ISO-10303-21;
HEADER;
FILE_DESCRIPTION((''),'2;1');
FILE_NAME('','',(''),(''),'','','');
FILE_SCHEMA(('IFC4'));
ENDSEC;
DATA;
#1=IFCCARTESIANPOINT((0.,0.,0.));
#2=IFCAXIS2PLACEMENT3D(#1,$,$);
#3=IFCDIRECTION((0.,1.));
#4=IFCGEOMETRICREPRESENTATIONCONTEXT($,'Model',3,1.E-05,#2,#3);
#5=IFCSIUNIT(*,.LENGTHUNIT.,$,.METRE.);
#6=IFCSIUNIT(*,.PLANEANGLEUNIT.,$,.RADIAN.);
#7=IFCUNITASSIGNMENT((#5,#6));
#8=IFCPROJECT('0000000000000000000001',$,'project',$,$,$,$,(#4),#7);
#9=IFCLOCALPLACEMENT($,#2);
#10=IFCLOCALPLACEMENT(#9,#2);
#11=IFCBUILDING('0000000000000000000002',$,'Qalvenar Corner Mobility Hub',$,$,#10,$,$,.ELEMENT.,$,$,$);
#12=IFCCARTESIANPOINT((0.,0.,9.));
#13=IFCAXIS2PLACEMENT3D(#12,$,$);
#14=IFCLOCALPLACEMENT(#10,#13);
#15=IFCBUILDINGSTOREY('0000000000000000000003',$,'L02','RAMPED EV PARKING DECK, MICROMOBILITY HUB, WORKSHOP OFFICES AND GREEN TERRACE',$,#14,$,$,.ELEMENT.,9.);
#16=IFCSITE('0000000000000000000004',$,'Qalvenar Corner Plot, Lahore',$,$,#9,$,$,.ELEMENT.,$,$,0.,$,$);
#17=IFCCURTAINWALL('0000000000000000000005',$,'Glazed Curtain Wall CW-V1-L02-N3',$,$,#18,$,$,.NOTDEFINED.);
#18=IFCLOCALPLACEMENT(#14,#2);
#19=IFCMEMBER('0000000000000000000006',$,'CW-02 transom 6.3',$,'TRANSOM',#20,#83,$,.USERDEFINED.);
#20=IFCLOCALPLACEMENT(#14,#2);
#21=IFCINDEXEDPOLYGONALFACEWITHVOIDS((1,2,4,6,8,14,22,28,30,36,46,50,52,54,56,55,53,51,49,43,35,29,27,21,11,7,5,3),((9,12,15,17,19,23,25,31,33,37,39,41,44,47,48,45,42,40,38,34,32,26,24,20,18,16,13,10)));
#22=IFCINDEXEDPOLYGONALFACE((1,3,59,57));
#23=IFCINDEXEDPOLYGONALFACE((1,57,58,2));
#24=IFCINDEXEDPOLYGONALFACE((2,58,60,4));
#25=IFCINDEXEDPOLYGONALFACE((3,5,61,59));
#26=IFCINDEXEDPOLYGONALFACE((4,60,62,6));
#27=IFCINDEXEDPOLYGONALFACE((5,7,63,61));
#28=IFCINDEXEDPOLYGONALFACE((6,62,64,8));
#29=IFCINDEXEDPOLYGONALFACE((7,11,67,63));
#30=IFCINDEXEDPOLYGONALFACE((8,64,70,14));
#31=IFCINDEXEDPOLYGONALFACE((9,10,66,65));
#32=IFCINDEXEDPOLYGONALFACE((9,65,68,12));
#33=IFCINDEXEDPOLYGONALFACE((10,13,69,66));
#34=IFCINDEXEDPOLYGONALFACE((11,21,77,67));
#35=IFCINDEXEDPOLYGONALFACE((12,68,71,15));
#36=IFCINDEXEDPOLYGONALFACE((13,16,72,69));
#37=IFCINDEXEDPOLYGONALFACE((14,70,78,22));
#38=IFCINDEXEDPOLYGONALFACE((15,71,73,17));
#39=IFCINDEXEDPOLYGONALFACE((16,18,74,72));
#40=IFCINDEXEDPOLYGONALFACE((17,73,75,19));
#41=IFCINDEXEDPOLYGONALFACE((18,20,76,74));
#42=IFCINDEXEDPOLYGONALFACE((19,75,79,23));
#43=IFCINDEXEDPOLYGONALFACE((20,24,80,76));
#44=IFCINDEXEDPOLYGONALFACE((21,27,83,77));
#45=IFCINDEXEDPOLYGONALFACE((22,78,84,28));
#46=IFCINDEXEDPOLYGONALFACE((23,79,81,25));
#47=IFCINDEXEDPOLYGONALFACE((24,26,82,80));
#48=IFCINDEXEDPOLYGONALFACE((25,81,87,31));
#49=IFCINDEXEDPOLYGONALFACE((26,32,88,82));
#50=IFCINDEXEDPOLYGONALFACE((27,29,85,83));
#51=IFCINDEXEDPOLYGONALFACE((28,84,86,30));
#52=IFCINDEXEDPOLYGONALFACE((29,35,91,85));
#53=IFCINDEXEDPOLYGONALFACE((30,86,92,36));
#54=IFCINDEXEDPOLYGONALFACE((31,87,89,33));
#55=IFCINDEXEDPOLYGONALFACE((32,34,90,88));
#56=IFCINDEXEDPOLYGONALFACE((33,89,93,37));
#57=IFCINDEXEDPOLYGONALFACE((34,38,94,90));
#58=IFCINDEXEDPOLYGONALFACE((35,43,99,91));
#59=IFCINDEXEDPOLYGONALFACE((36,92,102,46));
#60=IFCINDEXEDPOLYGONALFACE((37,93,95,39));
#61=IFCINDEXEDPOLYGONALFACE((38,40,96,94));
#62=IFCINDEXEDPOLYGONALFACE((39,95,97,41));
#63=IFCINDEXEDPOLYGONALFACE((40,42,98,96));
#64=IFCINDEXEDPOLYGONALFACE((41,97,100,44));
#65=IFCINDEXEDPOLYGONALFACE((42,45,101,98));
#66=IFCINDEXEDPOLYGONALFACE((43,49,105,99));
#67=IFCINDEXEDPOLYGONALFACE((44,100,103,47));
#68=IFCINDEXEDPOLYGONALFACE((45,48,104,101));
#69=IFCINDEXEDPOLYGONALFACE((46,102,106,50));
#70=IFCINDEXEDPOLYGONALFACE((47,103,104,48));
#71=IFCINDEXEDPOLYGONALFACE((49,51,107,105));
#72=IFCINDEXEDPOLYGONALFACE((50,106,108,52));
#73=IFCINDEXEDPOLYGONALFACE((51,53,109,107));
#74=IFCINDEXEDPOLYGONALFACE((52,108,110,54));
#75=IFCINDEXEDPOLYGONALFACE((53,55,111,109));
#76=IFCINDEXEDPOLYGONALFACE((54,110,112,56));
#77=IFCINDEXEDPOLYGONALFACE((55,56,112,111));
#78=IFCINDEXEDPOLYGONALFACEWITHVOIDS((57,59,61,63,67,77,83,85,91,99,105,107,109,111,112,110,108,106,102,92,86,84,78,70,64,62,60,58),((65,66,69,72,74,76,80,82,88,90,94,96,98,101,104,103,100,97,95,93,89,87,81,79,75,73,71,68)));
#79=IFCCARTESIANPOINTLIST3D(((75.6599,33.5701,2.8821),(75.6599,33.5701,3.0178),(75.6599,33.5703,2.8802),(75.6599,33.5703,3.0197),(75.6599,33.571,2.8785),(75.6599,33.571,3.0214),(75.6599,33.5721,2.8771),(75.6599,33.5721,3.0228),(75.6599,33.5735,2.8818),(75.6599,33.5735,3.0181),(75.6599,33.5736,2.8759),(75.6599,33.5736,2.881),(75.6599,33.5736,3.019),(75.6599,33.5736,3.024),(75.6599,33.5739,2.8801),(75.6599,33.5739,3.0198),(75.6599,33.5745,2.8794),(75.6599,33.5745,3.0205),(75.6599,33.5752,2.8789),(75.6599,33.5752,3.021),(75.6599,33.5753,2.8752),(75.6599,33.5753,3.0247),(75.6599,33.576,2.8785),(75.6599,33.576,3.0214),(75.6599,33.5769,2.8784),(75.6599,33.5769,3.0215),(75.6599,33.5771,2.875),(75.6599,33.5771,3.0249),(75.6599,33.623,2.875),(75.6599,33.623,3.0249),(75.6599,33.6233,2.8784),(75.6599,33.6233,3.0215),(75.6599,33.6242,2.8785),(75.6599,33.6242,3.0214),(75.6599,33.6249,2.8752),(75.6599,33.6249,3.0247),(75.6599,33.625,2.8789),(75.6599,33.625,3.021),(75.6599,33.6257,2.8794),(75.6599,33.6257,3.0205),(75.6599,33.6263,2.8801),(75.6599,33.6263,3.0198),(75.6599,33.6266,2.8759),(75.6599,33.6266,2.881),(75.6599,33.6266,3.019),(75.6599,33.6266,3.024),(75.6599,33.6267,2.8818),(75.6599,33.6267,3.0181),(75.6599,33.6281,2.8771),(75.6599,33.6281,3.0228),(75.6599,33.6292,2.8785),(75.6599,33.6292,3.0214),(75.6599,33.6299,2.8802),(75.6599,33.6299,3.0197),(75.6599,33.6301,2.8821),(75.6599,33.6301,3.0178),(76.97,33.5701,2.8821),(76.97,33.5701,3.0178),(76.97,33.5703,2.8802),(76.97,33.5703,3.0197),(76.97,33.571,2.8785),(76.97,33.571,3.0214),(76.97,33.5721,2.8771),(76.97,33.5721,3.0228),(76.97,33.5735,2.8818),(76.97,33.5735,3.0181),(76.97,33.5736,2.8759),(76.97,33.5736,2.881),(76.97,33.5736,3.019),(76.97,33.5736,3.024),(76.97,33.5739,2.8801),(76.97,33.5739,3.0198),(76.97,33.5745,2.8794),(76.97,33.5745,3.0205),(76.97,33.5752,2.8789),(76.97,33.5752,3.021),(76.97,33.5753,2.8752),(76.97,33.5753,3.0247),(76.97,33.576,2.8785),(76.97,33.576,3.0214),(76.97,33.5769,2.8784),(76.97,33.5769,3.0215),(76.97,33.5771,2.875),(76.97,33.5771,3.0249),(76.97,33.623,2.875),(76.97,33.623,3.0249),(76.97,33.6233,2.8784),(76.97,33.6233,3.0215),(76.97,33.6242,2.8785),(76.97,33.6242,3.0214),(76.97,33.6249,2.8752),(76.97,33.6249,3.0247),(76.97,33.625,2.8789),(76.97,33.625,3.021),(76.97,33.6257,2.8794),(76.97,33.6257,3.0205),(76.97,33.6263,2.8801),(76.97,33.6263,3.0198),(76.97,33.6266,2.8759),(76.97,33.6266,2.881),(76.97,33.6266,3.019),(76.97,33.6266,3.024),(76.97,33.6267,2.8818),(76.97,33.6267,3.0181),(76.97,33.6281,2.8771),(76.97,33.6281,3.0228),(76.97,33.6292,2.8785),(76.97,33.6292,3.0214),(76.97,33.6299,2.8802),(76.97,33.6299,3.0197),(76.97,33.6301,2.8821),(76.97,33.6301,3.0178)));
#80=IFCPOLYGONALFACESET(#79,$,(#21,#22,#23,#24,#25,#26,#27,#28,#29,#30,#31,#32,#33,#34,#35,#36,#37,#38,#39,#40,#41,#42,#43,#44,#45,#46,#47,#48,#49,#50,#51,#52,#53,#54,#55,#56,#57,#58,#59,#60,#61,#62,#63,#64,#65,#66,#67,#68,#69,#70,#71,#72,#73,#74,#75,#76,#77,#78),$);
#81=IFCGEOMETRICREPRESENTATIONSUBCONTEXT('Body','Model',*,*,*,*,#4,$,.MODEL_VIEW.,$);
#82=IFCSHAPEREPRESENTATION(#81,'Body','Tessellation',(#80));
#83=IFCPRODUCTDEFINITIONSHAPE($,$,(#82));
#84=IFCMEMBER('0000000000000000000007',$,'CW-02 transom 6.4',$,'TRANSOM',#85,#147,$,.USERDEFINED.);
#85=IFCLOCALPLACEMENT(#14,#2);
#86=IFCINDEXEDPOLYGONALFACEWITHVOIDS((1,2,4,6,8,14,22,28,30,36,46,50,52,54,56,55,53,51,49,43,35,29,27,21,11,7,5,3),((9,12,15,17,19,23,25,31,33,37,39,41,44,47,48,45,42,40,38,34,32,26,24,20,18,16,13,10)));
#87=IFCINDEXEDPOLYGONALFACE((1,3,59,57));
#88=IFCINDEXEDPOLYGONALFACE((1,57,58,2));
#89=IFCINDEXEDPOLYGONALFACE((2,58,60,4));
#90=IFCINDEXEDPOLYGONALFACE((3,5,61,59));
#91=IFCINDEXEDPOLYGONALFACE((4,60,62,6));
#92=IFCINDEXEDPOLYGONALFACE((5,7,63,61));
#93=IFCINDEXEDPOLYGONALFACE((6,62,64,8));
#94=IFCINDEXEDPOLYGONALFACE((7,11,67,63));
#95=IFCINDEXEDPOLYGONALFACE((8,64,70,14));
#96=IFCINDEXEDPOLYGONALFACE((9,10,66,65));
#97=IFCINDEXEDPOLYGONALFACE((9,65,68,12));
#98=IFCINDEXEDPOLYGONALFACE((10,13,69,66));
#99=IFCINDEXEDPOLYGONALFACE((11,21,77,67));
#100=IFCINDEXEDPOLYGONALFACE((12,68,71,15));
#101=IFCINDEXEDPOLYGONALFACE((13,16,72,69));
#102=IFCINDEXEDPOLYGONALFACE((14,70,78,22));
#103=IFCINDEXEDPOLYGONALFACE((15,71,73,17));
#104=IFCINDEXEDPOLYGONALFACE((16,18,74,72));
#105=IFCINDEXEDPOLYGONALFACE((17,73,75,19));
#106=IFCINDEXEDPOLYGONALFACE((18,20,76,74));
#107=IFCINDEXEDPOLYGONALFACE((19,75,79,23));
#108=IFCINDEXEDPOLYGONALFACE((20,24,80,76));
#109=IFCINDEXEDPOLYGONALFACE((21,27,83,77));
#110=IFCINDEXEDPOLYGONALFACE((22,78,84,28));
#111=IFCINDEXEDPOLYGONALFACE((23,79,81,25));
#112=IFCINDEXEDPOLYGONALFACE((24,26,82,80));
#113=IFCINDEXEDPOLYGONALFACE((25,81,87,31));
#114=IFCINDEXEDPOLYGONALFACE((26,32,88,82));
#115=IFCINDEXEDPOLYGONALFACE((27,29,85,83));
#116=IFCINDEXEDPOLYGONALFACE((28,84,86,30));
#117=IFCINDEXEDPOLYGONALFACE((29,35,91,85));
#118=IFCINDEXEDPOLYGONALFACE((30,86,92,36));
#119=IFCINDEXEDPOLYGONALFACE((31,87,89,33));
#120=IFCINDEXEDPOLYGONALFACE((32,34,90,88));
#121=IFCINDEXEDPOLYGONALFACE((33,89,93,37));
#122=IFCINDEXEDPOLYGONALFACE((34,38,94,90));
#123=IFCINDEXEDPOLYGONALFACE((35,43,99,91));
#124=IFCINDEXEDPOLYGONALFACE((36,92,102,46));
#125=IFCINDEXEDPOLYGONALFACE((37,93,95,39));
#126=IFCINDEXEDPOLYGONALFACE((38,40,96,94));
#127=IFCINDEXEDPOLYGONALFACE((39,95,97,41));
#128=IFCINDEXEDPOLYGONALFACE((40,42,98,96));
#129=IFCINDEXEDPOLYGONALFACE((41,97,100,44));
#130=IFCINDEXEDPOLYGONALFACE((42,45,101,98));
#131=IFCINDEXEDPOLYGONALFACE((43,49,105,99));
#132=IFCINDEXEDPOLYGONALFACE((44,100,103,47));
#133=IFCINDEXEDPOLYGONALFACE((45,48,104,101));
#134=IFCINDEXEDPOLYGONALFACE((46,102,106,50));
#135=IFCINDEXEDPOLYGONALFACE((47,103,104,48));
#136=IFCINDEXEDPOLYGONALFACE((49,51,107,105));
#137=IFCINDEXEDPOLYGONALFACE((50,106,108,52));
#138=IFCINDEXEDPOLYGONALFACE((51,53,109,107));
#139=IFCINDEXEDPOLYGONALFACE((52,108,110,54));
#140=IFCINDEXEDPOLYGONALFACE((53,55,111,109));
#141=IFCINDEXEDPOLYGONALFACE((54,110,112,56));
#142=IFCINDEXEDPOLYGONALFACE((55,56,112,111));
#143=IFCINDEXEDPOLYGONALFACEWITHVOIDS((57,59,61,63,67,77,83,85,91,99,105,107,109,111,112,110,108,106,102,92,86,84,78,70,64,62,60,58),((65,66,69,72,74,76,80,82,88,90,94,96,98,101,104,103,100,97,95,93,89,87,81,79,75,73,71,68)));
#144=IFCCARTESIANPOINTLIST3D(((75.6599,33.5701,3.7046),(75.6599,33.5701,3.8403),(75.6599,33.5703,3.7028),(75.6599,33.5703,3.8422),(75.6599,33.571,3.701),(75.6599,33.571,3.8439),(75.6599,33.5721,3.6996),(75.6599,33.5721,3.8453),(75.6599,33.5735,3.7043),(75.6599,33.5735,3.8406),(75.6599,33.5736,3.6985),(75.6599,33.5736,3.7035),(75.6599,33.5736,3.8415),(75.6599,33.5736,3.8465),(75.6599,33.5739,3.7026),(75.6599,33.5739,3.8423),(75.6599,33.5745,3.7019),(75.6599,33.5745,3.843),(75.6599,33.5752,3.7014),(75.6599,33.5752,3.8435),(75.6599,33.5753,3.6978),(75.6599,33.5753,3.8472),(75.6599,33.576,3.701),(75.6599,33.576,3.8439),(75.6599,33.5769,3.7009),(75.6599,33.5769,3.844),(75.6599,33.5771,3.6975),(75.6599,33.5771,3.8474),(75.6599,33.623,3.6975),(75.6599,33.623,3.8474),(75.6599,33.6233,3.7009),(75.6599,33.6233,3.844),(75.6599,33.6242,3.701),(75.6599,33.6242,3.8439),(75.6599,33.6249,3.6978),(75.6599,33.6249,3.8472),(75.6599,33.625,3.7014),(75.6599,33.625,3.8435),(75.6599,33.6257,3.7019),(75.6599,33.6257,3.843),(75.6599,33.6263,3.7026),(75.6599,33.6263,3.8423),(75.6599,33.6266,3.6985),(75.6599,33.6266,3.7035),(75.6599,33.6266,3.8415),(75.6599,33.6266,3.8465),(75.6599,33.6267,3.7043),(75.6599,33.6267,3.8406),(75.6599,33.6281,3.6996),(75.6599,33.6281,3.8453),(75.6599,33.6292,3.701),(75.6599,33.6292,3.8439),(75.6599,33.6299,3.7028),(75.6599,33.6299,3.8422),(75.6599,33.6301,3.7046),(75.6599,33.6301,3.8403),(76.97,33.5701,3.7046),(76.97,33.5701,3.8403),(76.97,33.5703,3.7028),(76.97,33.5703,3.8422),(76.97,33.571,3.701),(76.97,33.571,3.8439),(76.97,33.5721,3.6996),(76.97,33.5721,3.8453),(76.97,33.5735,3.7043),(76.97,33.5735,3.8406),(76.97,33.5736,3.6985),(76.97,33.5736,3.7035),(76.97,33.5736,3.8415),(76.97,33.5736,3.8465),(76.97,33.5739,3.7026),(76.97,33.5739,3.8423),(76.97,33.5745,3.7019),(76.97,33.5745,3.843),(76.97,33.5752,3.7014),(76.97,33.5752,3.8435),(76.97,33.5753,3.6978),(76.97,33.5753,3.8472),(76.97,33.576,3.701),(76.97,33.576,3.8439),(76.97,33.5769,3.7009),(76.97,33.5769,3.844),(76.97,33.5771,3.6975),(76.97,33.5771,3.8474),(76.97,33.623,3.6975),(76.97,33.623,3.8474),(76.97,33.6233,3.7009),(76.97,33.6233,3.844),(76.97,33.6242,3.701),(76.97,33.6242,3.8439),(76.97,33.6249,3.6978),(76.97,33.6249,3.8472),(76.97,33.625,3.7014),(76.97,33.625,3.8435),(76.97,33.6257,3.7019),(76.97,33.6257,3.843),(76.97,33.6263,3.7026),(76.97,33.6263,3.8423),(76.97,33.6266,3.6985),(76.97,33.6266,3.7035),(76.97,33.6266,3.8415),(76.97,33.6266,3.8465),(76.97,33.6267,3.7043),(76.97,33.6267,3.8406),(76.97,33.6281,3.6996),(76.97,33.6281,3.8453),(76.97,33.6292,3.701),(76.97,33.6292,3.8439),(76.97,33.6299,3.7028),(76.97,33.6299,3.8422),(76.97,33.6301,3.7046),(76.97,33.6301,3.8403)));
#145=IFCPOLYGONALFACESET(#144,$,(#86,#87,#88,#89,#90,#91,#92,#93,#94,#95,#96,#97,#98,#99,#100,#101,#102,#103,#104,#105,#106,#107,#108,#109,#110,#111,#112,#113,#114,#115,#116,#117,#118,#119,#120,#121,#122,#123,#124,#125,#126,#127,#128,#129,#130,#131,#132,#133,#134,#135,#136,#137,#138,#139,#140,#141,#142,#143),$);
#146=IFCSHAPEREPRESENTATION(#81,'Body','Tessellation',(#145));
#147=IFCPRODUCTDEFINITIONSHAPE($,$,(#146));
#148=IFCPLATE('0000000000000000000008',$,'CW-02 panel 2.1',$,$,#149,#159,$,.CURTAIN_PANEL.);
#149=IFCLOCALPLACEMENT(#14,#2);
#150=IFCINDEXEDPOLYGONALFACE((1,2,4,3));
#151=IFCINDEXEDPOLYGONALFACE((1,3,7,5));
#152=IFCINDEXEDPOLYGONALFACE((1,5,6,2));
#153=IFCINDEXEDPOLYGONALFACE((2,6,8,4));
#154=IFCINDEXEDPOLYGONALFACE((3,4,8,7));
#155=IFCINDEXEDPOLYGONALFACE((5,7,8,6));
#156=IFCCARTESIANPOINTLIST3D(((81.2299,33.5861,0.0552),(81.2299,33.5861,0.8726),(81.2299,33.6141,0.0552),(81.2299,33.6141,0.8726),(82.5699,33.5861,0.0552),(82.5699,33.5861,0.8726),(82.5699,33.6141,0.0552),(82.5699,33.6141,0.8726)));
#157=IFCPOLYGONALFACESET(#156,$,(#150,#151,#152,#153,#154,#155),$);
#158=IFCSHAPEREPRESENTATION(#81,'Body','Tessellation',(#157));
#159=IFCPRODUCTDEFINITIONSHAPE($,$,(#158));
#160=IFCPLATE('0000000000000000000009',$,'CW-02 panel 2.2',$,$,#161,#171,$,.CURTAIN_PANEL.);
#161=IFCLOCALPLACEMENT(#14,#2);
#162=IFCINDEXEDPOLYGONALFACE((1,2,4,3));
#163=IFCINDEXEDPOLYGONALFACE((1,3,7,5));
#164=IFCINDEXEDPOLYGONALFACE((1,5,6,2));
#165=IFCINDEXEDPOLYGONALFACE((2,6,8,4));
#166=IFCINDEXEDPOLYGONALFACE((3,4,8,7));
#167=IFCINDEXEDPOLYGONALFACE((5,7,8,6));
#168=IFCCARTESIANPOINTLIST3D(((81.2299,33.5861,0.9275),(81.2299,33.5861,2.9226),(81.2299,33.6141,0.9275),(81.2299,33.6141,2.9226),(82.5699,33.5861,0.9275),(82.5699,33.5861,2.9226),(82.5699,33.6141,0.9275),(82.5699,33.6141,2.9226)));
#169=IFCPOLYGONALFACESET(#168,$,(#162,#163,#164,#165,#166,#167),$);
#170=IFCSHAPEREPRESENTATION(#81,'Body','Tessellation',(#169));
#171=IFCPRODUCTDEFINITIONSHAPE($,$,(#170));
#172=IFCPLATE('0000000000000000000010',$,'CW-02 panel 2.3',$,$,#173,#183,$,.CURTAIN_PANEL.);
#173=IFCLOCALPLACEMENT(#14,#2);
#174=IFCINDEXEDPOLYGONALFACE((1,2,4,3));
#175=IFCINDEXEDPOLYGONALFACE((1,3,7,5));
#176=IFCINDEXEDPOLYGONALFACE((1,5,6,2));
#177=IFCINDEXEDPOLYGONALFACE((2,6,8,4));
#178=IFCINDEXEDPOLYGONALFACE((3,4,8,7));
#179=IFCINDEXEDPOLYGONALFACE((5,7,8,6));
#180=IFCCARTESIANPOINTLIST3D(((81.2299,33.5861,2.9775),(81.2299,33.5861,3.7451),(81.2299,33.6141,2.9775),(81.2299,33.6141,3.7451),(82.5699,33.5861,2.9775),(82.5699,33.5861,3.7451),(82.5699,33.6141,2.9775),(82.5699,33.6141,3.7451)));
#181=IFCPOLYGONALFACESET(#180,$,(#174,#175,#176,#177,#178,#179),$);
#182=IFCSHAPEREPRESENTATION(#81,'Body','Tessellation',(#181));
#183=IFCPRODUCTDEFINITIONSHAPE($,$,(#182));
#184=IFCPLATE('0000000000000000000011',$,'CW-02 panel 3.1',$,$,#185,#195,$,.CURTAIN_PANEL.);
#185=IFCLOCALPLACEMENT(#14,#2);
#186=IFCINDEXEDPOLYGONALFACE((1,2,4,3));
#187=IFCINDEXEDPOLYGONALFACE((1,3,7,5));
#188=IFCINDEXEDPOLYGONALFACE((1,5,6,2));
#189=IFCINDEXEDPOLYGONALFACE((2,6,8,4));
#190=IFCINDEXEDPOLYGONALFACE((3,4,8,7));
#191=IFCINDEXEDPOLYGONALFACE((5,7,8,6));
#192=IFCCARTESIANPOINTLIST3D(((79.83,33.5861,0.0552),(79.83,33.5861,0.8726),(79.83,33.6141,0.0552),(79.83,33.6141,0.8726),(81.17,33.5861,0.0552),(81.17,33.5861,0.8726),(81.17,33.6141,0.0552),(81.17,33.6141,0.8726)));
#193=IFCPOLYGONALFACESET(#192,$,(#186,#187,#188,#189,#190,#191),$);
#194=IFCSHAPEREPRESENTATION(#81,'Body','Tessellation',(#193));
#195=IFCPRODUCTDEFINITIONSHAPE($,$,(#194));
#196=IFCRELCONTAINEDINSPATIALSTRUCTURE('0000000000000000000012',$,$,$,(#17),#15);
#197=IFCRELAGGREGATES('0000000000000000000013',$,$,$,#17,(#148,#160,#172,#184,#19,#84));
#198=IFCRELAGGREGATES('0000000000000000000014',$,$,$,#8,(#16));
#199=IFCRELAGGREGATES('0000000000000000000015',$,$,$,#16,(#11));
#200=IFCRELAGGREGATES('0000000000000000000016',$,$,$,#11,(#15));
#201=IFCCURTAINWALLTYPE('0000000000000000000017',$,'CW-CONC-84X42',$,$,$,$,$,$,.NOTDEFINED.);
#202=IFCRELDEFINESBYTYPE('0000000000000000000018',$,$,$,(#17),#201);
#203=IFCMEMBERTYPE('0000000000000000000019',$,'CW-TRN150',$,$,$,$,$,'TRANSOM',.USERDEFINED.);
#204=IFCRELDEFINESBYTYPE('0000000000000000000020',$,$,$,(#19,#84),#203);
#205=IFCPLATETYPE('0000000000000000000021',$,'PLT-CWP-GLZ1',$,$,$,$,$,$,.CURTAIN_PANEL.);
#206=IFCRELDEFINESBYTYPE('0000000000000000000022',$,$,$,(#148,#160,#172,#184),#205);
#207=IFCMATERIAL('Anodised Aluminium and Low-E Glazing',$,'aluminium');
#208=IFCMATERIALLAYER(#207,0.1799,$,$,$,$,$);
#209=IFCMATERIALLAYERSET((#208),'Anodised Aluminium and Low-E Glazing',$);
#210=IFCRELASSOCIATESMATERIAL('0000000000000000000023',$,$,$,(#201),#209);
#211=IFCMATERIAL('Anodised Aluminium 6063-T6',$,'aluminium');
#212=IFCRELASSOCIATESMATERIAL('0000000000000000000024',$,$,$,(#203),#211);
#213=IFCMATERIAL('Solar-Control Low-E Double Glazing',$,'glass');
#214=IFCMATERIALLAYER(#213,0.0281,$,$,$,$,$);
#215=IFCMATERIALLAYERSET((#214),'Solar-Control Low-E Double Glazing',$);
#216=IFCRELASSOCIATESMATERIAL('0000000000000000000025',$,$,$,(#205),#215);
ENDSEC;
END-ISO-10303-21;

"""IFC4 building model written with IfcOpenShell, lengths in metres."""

from ifc_helpers import new_model, si_unit, direction, frame, origin, origin_2d, place, context, subcontext, project, spatial, rectangle, hollow_rectangle, extrude, material, layer, layer_set, material_profile, profile_set, type_object, element, aggregate, save


model = new_model("IFC4")

# Units and contexts
model_context = context("Model", 3, precision=1e-05, world=origin(), true_north=direction((0.0, 1.0)))
body_context = subcontext(model_context, "Body", "Model", "MODEL_VIEW")
ifc_project = project(units=[si_unit("LENGTHUNIT", "METRE"), si_unit("PLANEANGLEUNIT", "RADIAN")], contexts=[model_context])

# Site, building, storey
site_placement = place(None, origin())
site = spatial("IfcSite", under=ifc_project, at=site_placement, Name="Qalvenar Corner Plot, Lahore", CompositionType="ELEMENT", RefElevation=0.0)
building_placement = place(site_placement, origin())
building = spatial("IfcBuilding", under=site, at=building_placement, Name="Qalvenar Corner Mobility Hub", CompositionType="ELEMENT")
storey_placement = place(building_placement, frame((0.0, 0.0, 9.0)))
storey = spatial("IfcBuildingStorey", under=building, at=storey_placement, Name="L02", Description="RAMPED EV PARKING DECK, MICROMOBILITY HUB, WORKSHOP OFFICES AND GREEN TERRACE", CompositionType="ELEMENT", Elevation=9.0)

# Curtain wall, members, plates
ifc_material_1 = material(Name="Anodised Aluminium and Low-E Glazing", Category="aluminium")
ifc_layer_1 = layer(ifc_material_1, 0.1799)
ifc_layer_set_1 = layer_set([ifc_layer_1], Name="Anodised Aluminium and Low-E Glazing")
curtain_wall_type = type_object("IfcCurtainWallType", Name="CW-CONC-84X42", PredefinedType="NOTDEFINED", material=ifc_layer_set_1)
curtain_wall_placement = place(storey_placement, origin())
curtain_wall = element("IfcCurtainWall", 1, at=curtain_wall_placement, inside=storey, type_object=curtain_wall_type, Name="Glazed Curtain Wall CW-V1-L02-N3", PredefinedType="NOTDEFINED")
ifc_material_2 = material(Name="Anodised Aluminium 6063-T6", Category="aluminium")
ifc_material_profile_1 = material_profile(ifc_material_2, hollow_rectangle(XDim=0.0601, YDim=0.1499, WallThickness=0.0034, InnerFilletRadius=0.0034, OuterFilletRadius=0.0071, at=origin_2d()), Name="RHS150x60x3.5")
ifc_profile_set_1 = profile_set([ifc_material_profile_1], Name="Anodised Aluminium 6063-T6")
member_type_1 = type_object("IfcMemberType", Name="CW-TRN150", ElementType="TRANSOM", PredefinedType="USERDEFINED", material=ifc_profile_set_1)
member_1_placement = place(storey_placement, frame((76.97, 33.6001, 2.95), z_axis=(-1.0, 0.0, 0.0), x_axis=(0.0, -1.0, 0.0)))
member_1 = element("IfcMember", 2, at=member_1_placement, type_object=member_type_1, Name="CW-02 transom 6.3", ObjectType="TRANSOM", PredefinedType="USERDEFINED", context=body_context, shape_type="SweptSolid", body=[
    extrude(hollow_rectangle(XDim=0.0601, YDim=0.1499, WallThickness=0.0034, InnerFilletRadius=0.0034, OuterFilletRadius=0.0071, at=origin_2d()), origin(), (0.0, 0.0, 1.0), 1.3101),
])
member_2_placement = place(storey_placement, frame((76.97, 33.6001, 3.7725), z_axis=(-1.0, 0.0, 0.0), x_axis=(0.0, -1.0, 0.0)))
member_2 = element("IfcMember", 3, at=member_2_placement, type_object=member_type_1, Name="CW-02 transom 6.4", ObjectType="TRANSOM", PredefinedType="USERDEFINED", context=body_context, shape_type="SweptSolid", body=[
    extrude(hollow_rectangle(XDim=0.0601, YDim=0.1499, WallThickness=0.0034, InnerFilletRadius=0.0034, OuterFilletRadius=0.0071, at=origin_2d()), origin(), (0.0, 0.0, 1.0), 1.3101),
])
ifc_material_3 = material(Name="Solar-Control Low-E Double Glazing", Category="glass")
ifc_layer_2 = layer(ifc_material_3, 0.0281)
ifc_layer_set_2 = layer_set([ifc_layer_2], Name="Solar-Control Low-E Double Glazing")
plate_type = type_object("IfcPlateType", Name="PLT-CWP-GLZ1", PredefinedType="CURTAIN_PANEL", material=ifc_layer_set_2)
plate_1_placement = place(storey_placement, frame((81.8999, 33.6001, 0.0552), z_axis=(0.0, 0.0, 1.0), x_axis=(-1.0, 0.0, 0.0)))
plate_1 = element("IfcPlate", 4, at=plate_1_placement, type_object=plate_type, Name="CW-02 panel 2.1", PredefinedType="CURTAIN_PANEL", context=body_context, shape_type="SweptSolid", body=[
    extrude(rectangle(XDim=1.3401, YDim=0.0281, at=origin_2d()), origin(), (0.0, 0.0, 1.0), 0.8174),
])
plate_2_placement = place(storey_placement, frame((81.8999, 33.6001, 0.9275), z_axis=(0.0, 0.0, 1.0), x_axis=(-1.0, 0.0, 0.0)))
plate_2 = element("IfcPlate", 5, at=plate_2_placement, type_object=plate_type, Name="CW-02 panel 2.2", PredefinedType="CURTAIN_PANEL", context=body_context, shape_type="SweptSolid", body=[
    extrude(rectangle(XDim=1.3401, YDim=0.0281, at=origin_2d()), origin(), (0.0, 0.0, 1.0), 1.9951),
])
plate_3_placement = place(storey_placement, frame((81.8999, 33.6001, 2.9775), z_axis=(0.0, 0.0, 1.0), x_axis=(-1.0, 0.0, 0.0)))
plate_3 = element("IfcPlate", 6, at=plate_3_placement, type_object=plate_type, Name="CW-02 panel 2.3", PredefinedType="CURTAIN_PANEL", context=body_context, shape_type="SweptSolid", body=[
    extrude(rectangle(XDim=1.3401, YDim=0.0281, at=origin_2d()), origin(), (0.0, 0.0, 1.0), 0.7676),
])
plate_4_placement = place(storey_placement, frame((80.5, 33.6001, 0.0552), z_axis=(0.0, 0.0, 1.0), x_axis=(-1.0, 0.0, 0.0)))
plate_4 = element("IfcPlate", 7, at=plate_4_placement, type_object=plate_type, Name="CW-02 panel 3.1", PredefinedType="CURTAIN_PANEL", context=body_context, shape_type="SweptSolid", body=[
    extrude(rectangle(XDim=1.3401, YDim=0.0281, at=origin_2d()), origin(), (0.0, 0.0, 1.0), 0.8174),
])
aggregate(curtain_wall, [plate_1, plate_2, plate_3, plate_4, member_1, member_2])

save(model, "model.ifc")
